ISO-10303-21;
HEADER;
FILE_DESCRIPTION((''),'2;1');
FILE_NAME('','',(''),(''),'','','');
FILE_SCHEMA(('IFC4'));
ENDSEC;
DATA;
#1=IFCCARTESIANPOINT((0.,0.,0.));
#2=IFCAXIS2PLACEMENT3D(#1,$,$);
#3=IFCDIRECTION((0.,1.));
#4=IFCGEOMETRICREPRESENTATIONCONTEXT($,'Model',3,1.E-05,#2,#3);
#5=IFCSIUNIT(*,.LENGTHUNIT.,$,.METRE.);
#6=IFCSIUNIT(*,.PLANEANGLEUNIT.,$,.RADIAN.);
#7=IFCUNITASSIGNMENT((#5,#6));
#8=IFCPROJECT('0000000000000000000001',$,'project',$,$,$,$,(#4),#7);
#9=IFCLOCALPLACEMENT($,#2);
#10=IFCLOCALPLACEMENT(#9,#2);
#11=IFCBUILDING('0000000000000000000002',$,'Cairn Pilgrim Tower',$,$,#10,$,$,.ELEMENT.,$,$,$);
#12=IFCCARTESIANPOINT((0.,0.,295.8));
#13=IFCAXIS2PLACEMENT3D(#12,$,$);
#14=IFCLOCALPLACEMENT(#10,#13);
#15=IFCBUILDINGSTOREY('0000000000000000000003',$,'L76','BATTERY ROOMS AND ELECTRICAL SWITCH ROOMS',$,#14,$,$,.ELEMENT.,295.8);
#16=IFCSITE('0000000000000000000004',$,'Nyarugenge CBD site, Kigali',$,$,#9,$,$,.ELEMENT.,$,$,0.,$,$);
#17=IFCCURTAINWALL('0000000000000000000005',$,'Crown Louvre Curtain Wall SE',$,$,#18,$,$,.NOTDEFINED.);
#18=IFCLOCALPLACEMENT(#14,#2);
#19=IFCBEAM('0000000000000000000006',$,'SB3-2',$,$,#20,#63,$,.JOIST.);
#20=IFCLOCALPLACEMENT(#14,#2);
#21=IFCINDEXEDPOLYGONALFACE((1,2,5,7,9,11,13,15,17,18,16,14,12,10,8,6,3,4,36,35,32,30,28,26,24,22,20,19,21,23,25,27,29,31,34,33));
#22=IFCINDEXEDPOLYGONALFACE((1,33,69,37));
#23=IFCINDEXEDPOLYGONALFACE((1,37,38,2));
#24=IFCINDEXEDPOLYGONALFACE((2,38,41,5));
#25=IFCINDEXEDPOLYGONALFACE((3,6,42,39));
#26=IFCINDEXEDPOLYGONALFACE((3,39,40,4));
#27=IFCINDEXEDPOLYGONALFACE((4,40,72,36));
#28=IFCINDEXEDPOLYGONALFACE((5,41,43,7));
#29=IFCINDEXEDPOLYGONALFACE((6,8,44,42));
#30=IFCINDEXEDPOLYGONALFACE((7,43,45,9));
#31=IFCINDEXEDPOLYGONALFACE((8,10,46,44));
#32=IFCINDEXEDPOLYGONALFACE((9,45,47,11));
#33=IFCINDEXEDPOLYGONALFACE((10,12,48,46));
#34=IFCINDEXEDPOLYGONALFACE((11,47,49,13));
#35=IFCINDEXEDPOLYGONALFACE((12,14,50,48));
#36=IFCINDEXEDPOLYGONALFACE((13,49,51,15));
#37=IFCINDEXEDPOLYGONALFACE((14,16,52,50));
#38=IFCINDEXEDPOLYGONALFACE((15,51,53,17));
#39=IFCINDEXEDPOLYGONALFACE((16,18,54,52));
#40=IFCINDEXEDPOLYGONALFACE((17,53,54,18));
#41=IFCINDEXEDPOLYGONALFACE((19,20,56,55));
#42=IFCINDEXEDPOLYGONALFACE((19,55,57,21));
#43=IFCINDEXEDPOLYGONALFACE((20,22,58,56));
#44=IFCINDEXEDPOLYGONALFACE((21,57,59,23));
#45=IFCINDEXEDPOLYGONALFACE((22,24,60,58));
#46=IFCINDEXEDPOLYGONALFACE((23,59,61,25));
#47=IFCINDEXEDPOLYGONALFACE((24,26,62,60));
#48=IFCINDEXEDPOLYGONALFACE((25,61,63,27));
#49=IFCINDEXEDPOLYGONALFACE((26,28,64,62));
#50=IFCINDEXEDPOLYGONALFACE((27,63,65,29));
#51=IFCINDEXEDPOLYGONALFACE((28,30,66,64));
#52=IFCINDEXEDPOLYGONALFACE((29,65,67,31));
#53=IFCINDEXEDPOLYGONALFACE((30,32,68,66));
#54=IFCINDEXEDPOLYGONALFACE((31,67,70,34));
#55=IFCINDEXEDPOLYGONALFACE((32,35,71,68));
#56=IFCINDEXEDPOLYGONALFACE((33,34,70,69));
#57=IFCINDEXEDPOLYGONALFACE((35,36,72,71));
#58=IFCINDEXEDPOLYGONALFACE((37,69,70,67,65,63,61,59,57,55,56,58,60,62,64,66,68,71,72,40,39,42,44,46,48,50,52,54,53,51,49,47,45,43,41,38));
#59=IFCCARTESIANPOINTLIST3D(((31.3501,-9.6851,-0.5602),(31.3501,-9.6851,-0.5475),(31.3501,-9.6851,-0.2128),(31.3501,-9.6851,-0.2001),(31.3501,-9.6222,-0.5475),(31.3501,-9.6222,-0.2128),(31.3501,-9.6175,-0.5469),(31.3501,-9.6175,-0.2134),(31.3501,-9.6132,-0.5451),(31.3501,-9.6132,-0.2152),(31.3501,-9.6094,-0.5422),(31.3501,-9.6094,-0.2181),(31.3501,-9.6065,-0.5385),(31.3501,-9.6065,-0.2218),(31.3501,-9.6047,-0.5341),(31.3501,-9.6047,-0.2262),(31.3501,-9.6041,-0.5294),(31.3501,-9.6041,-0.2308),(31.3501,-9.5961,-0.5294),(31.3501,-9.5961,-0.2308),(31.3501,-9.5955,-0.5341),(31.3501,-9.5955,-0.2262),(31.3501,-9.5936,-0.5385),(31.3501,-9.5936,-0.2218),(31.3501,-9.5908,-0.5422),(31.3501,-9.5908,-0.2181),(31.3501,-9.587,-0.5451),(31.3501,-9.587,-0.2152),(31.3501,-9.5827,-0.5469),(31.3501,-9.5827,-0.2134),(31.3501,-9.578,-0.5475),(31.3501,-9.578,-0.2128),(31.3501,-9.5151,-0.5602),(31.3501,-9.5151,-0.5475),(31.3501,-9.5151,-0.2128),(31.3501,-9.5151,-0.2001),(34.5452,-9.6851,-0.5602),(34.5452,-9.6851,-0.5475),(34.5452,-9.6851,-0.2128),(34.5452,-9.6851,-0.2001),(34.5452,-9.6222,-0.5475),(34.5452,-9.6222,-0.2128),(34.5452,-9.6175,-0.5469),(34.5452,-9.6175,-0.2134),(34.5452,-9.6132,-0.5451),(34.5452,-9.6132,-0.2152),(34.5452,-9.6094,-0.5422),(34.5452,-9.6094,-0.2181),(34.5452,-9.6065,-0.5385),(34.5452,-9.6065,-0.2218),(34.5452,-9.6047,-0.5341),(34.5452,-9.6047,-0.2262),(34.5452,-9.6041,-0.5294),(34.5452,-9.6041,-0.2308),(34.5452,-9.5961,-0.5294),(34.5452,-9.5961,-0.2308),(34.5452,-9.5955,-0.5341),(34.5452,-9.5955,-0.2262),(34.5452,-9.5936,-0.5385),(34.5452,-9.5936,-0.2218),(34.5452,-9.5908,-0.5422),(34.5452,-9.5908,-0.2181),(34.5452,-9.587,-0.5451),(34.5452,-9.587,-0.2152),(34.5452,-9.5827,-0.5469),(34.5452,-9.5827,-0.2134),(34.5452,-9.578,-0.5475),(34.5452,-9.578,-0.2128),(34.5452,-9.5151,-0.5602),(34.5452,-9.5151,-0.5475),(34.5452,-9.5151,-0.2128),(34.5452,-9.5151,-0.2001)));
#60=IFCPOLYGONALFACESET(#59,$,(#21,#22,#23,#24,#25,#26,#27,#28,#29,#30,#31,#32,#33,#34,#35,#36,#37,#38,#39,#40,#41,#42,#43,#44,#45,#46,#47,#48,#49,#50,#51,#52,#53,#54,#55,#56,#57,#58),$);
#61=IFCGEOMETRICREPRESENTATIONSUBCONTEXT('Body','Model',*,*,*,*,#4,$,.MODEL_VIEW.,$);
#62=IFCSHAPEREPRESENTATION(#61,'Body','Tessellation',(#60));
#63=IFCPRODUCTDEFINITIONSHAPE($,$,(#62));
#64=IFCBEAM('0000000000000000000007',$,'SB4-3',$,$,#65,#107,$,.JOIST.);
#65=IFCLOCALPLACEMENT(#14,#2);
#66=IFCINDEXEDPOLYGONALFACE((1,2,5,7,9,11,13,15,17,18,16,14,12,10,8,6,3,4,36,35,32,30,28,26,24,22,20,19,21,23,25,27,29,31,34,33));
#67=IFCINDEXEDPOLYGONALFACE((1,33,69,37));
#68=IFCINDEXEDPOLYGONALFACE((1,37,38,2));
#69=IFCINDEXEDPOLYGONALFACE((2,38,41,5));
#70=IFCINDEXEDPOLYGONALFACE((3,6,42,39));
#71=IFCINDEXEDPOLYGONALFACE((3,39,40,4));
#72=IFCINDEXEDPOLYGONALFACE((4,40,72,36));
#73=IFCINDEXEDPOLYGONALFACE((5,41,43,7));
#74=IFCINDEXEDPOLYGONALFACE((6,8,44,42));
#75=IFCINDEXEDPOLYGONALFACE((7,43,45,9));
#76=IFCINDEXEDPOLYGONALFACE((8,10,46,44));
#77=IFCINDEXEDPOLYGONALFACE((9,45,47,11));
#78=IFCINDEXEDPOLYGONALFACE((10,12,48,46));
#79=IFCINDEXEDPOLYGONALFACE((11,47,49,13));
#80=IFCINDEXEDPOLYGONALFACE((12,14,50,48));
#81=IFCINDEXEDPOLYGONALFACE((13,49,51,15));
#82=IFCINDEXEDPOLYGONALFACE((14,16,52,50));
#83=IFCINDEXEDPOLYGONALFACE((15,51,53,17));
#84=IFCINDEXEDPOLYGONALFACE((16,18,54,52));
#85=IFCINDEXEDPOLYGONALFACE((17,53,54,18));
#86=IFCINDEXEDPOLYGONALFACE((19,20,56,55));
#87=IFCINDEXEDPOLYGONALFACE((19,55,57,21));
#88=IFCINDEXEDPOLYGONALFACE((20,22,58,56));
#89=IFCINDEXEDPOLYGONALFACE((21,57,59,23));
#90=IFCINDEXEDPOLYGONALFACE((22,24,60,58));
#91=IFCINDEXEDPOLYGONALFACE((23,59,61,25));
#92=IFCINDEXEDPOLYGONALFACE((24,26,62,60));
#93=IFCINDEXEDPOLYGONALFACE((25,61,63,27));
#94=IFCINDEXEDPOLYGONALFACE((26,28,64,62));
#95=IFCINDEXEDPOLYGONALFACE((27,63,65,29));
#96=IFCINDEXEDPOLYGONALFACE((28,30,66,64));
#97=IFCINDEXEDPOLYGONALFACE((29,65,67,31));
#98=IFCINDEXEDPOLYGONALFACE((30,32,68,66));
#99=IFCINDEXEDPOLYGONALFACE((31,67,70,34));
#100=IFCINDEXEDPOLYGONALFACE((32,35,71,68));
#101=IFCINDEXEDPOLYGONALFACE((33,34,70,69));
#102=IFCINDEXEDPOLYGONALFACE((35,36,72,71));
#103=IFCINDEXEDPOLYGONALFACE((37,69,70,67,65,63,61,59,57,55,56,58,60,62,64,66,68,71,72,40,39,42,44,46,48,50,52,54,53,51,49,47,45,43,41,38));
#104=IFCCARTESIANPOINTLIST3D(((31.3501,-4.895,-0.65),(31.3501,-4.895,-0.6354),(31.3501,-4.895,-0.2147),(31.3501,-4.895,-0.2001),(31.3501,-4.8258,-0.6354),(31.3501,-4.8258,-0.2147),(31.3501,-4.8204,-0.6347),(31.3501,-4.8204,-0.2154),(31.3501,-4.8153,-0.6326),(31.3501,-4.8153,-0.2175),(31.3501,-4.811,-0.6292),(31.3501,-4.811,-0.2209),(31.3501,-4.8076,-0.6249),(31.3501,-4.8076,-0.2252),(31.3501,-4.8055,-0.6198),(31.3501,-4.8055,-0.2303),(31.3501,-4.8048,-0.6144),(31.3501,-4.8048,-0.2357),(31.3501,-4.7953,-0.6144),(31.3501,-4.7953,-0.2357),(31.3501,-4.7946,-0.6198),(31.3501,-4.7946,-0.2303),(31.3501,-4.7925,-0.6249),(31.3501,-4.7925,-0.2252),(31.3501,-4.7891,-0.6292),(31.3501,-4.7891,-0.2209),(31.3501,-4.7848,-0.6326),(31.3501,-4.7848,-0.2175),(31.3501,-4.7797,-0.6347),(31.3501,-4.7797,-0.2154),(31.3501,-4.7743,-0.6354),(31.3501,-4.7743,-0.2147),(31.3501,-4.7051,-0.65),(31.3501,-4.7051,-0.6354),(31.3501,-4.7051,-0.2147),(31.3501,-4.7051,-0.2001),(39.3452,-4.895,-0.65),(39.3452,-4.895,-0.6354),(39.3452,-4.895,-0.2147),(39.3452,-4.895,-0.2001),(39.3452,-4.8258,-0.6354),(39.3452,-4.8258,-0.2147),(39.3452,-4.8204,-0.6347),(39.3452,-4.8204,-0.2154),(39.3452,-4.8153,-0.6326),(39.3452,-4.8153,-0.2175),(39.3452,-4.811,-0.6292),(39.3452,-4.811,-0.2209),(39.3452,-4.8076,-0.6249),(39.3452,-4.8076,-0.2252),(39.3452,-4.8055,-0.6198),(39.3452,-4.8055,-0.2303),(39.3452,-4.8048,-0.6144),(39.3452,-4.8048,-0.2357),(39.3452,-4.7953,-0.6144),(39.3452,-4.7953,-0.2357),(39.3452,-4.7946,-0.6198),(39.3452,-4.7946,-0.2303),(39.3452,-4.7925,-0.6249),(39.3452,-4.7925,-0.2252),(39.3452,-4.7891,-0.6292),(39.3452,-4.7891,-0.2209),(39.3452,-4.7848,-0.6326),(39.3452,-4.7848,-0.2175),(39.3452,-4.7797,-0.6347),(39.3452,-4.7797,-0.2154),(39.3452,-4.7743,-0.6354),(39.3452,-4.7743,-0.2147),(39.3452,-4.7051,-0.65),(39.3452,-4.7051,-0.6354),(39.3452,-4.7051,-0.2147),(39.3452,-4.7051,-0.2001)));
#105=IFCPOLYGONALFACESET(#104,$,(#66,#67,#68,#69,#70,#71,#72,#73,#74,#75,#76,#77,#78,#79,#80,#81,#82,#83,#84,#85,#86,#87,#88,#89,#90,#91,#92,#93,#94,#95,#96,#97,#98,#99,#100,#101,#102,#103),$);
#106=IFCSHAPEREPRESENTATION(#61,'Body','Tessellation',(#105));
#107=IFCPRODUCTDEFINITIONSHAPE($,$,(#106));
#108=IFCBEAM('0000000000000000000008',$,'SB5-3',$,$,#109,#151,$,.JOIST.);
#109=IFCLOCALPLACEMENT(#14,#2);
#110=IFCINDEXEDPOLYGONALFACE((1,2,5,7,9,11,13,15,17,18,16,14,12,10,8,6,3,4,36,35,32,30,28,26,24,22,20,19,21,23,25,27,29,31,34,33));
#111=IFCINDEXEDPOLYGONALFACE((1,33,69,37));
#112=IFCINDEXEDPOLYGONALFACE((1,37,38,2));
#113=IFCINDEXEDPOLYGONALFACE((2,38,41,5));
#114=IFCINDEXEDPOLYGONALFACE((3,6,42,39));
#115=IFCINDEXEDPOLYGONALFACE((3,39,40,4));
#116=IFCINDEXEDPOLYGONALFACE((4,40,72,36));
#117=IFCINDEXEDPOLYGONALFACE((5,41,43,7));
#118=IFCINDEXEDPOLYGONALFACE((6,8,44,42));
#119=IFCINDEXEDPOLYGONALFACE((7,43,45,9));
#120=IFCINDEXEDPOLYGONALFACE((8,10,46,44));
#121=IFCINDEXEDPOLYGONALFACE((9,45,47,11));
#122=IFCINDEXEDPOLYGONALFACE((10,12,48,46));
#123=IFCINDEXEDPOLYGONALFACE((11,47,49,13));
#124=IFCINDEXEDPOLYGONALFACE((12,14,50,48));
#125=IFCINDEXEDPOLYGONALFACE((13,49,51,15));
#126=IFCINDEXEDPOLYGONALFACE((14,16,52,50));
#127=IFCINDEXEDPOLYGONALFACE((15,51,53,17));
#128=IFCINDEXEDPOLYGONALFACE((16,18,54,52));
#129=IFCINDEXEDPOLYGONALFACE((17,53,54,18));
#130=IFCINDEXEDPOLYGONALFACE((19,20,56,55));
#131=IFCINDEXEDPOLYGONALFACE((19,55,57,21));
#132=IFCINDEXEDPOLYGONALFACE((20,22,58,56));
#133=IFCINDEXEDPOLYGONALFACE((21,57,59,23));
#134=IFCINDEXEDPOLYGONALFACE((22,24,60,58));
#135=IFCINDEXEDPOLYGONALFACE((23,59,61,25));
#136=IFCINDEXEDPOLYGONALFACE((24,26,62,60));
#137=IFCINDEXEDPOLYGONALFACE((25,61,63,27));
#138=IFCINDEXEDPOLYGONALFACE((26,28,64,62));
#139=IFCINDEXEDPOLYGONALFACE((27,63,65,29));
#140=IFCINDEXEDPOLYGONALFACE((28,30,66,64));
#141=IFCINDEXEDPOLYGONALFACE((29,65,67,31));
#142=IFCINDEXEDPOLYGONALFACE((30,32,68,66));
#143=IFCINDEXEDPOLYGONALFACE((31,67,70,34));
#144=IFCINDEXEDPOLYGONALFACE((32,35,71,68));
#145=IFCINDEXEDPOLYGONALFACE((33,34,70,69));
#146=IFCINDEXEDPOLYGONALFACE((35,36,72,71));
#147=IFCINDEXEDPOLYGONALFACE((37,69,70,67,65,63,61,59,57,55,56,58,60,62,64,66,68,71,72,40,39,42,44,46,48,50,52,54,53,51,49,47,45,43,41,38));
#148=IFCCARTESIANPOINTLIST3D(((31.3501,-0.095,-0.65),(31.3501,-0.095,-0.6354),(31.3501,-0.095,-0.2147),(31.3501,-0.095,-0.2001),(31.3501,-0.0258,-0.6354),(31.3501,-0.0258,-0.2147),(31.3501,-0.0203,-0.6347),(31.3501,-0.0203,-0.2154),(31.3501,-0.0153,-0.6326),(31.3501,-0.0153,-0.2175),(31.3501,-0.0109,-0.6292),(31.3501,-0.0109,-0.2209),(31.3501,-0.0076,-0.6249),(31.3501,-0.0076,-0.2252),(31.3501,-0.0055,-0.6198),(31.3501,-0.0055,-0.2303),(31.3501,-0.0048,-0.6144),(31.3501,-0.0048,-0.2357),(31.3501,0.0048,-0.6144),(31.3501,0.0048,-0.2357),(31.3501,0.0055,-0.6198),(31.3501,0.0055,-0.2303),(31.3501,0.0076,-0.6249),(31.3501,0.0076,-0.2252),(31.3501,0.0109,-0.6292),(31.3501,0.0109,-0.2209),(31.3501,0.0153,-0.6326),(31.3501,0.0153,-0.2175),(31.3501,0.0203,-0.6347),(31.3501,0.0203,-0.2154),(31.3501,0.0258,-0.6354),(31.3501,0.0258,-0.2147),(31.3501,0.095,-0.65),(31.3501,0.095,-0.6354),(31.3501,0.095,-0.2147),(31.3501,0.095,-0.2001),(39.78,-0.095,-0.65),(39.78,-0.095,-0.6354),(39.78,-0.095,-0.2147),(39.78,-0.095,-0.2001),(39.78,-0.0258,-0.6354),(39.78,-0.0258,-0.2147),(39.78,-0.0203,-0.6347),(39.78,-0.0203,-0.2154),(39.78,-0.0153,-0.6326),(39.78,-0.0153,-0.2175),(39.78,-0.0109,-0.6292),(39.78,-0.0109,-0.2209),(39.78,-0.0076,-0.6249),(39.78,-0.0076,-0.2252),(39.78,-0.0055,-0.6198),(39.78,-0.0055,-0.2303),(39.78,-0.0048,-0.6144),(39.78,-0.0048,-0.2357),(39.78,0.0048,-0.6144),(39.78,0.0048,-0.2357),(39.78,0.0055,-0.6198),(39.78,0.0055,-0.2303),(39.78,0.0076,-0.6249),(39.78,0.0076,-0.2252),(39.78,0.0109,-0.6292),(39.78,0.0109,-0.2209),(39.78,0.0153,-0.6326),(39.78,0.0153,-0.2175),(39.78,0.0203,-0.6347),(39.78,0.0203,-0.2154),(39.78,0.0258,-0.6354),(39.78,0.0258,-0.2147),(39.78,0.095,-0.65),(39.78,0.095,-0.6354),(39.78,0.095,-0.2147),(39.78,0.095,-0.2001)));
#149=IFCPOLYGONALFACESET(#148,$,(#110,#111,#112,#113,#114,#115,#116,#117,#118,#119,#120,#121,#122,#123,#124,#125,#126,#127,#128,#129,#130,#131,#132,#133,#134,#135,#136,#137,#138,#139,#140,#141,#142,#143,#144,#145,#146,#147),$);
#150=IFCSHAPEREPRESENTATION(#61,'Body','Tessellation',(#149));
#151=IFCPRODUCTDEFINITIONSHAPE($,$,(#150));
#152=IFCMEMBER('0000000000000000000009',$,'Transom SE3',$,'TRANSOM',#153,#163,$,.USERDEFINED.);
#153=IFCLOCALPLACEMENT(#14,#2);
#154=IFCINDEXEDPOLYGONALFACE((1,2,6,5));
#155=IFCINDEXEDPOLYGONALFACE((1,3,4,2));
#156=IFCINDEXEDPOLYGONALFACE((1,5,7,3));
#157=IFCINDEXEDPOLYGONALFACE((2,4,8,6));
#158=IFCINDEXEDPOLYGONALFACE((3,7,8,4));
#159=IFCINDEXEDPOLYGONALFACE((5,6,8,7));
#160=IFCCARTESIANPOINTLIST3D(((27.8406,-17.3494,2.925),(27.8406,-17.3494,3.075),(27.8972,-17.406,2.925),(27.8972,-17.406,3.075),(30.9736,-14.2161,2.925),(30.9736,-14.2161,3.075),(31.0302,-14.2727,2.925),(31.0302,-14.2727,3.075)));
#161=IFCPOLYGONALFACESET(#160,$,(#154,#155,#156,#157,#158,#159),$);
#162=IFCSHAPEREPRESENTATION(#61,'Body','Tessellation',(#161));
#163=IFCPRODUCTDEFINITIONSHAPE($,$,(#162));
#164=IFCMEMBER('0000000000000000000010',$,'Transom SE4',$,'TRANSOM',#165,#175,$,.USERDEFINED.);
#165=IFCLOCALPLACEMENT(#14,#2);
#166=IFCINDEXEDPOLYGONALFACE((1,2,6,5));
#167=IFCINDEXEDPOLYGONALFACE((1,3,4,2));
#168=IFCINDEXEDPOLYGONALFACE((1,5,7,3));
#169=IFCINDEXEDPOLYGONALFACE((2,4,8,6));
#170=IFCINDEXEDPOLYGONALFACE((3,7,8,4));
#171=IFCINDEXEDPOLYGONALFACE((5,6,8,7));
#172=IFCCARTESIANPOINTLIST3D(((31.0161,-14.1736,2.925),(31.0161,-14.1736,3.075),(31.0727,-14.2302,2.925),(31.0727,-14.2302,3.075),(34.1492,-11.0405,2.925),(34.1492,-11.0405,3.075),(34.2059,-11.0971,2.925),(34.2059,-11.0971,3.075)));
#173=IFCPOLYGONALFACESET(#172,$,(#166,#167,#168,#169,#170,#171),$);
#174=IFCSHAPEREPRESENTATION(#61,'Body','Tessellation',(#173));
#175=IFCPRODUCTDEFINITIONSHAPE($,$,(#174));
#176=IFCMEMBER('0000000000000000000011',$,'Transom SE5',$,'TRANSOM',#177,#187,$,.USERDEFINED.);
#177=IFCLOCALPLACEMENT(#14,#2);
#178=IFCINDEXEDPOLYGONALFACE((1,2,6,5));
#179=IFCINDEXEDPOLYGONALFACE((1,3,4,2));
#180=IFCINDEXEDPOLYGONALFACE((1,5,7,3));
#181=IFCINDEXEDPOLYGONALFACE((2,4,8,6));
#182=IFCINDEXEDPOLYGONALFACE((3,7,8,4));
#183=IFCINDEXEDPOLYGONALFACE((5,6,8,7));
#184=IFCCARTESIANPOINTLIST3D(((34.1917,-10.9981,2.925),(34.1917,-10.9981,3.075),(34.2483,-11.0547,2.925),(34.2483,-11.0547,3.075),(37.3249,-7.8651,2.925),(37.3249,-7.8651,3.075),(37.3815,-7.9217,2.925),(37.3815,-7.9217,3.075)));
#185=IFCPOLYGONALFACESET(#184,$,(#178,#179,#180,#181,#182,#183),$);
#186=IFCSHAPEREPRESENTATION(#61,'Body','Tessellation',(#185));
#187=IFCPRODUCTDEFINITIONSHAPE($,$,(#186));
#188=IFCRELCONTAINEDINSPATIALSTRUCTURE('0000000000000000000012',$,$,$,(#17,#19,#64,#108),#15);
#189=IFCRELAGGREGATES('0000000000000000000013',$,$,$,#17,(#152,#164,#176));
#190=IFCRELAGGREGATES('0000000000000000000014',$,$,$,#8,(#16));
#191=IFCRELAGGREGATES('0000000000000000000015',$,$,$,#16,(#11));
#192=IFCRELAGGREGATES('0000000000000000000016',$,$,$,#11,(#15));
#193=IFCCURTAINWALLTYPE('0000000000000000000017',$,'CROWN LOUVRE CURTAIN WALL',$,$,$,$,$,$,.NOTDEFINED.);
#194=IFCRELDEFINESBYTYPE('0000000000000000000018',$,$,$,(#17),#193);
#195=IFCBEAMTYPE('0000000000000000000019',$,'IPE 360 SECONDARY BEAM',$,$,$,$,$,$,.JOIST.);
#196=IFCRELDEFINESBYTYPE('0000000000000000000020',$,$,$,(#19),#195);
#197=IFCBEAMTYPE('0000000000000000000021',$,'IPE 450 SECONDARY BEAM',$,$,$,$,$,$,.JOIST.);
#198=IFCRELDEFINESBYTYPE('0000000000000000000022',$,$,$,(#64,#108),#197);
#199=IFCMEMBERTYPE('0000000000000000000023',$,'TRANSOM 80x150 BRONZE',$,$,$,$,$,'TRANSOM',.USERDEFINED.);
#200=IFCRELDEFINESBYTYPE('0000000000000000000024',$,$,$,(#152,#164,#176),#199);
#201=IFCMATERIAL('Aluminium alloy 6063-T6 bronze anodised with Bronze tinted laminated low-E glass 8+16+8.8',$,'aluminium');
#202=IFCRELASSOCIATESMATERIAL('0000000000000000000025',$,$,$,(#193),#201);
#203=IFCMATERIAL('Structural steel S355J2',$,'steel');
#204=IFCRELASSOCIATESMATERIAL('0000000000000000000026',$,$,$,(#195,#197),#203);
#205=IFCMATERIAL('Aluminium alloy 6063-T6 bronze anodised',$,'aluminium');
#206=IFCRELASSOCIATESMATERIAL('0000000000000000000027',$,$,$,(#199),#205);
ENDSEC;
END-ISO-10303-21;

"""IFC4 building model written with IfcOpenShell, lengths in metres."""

from ifc_helpers import new_model, si_unit, direction, frame, origin, origin_2d, place, context, subcontext, project, spatial, rectangle, i_section, extrude, material, material_profile, profile_set, type_object, element, aggregate, save


model = new_model("IFC4")

# Units and contexts
model_context = context("Model", 3, precision=1e-05, world=origin(), true_north=direction((0.0, 1.0)))
body_context = subcontext(model_context, "Body", "Model", "MODEL_VIEW")
ifc_project = project(units=[si_unit("LENGTHUNIT", "METRE"), si_unit("PLANEANGLEUNIT", "RADIAN")], contexts=[model_context])

# Site, building, storey
site_placement = place(None, origin())
site = spatial("IfcSite", under=ifc_project, at=site_placement, Name="Nyarugenge CBD site, Kigali", CompositionType="ELEMENT", RefElevation=0.0)
building_placement = place(site_placement, origin())
building = spatial("IfcBuilding", under=site, at=building_placement, Name="Cairn Pilgrim Tower", CompositionType="ELEMENT")
storey_placement = place(building_placement, frame((0.0, 0.0, 295.8)))
storey = spatial("IfcBuildingStorey", under=building, at=storey_placement, Name="L76", Description="BATTERY ROOMS AND ELECTRICAL SWITCH ROOMS", CompositionType="ELEMENT", Elevation=295.8)

# Shared definitions
ifc_material_1 = material(Name="Structural steel S355J2", Category="steel")

# Curtain wall
ifc_material_2 = material(Name="Aluminium alloy 6063-T6 bronze anodised with Bronze tinted laminated low-E glass 8+16+8.8", Category="aluminium")
curtain_wall_type = type_object("IfcCurtainWallType", Name="CROWN LOUVRE CURTAIN WALL", PredefinedType="NOTDEFINED", material=ifc_material_2)
curtain_wall_1_placement = place(storey_placement, origin())
curtain_wall_1 = element("IfcCurtainWall", 1, at=curtain_wall_1_placement, inside=storey, type_object=curtain_wall_type, Name="Crown Louvre Curtain Wall SE", PredefinedType="NOTDEFINED")
ifc_material_3 = material(Name="Aluminium alloy 6063-T6 bronze anodised", Category="aluminium")

# Beams
ifc_material_profile_1 = material_profile(ifc_material_1, i_section(OverallWidth=0.1699, OverallDepth=0.3601, WebThickness=0.0081, FlangeThickness=0.0127, FilletRadius=0.0181, at=origin_2d()), Name="IPE 360")
ifc_profile_set_1 = profile_set([ifc_material_profile_1], Name="Structural steel S355J2")
beam_type_1 = type_object("IfcBeamType", Name="IPE 360 SECONDARY BEAM", PredefinedType="JOIST", material=ifc_profile_set_1)
beam_1_placement = place(storey_placement, frame((31.3501, -9.6001, -0.3801), z_axis=(1.0, 0.0, 0.0), x_axis=(0.0, 1.0, 0.0)))
element("IfcBeam", 2, at=beam_1_placement, inside=storey, type_object=beam_type_1, Name="SB3-2", PredefinedType="JOIST", context=body_context, shape_type="SweptSolid", body=[
    extrude(i_section(OverallWidth=0.1699, OverallDepth=0.3601, WebThickness=0.0081, FlangeThickness=0.0127, FilletRadius=0.0181, at=origin_2d()), origin(), (0.0, 0.0, 1.0), 3.1951),
])
ifc_material_profile_2 = material_profile(ifc_material_1, i_section(OverallWidth=0.1899, OverallDepth=0.45, WebThickness=0.0095, FlangeThickness=0.0146, FilletRadius=0.021, at=origin_2d()), Name="IPE 450")
ifc_profile_set_2 = profile_set([ifc_material_profile_2], Name="Structural steel S355J2")
beam_type_2 = type_object("IfcBeamType", Name="IPE 450 SECONDARY BEAM", PredefinedType="JOIST", material=ifc_profile_set_2)
beam_2_placement = place(storey_placement, frame((31.3501, -4.8, -0.425), z_axis=(1.0, 0.0, 0.0), x_axis=(0.0, 1.0, 0.0)))
element("IfcBeam", 3, at=beam_2_placement, inside=storey, type_object=beam_type_2, Name="SB4-3", PredefinedType="JOIST", context=body_context, shape_type="SweptSolid", body=[
    extrude(i_section(OverallWidth=0.1899, OverallDepth=0.45, WebThickness=0.0095, FlangeThickness=0.0146, FilletRadius=0.021, at=origin_2d()), origin(), (0.0, 0.0, 1.0), 7.9951),
])
beam_3_placement = place(storey_placement, frame((31.3501, 0.0, -0.425), z_axis=(1.0, 0.0, 0.0), x_axis=(0.0, 1.0, 0.0)))
element("IfcBeam", 4, at=beam_3_placement, inside=storey, type_object=beam_type_2, Name="SB5-3", PredefinedType="JOIST", context=body_context, shape_type="SweptSolid", body=[
    extrude(i_section(OverallWidth=0.1899, OverallDepth=0.45, WebThickness=0.0095, FlangeThickness=0.0146, FilletRadius=0.021, at=origin_2d()), origin(), (0.0, 0.0, 1.0), 8.4299),
])

# Members
ifc_material_profile_3 = material_profile(ifc_material_3, rectangle(XDim=0.0801, YDim=0.1499, at=origin_2d()), Name="TRANSOM 80x150 BRONZE")
ifc_profile_set_3 = profile_set([ifc_material_profile_3], Name="Aluminium alloy 6063-T6 bronze anodised")
member_type_1 = type_object("IfcMemberType", Name="TRANSOM 80x150 BRONZE", ElementType="TRANSOM", PredefinedType="USERDEFINED", material=ifc_profile_set_3)
member_1_placement = place(storey_placement, frame((27.8689, -17.3777, 3.0), z_axis=(0.707079, 0.707134, 0.0), x_axis=(-0.707134, 0.707079, 0.0)))
member_1 = element("IfcMember", 5, at=member_1_placement, type_object=member_type_1, Name="Transom SE3", ObjectType="TRANSOM", PredefinedType="USERDEFINED", context=body_context, shape_type="SweptSolid", body=[
    extrude(rectangle(XDim=0.0801, YDim=0.1499, at=origin_2d()), origin(), (0.0, 0.0, 1.0), 4.4309),
])
member_2_placement = place(storey_placement, frame((31.0444, -14.2019, 3.0), z_axis=(0.707107, 0.707107, 0.0), x_axis=(-0.707107, 0.707107, 0.0)))
member_2 = element("IfcMember", 6, at=member_2_placement, type_object=member_type_1, Name="Transom SE4", ObjectType="TRANSOM", PredefinedType="USERDEFINED", context=body_context, shape_type="SweptSolid", body=[
    extrude(rectangle(XDim=0.0801, YDim=0.1499, at=origin_2d()), origin(), (0.0, 0.0, 1.0), 4.4309),
])
member_3_placement = place(storey_placement, frame((34.22, -11.0264, 3.0), z_axis=(0.707134, 0.707079, 0.0), x_axis=(-0.707079, 0.707134, 0.0)))
member_3 = element("IfcMember", 7, at=member_3_placement, type_object=member_type_1, Name="Transom SE5", ObjectType="TRANSOM", PredefinedType="USERDEFINED", context=body_context, shape_type="SweptSolid", body=[
    extrude(rectangle(XDim=0.0801, YDim=0.1499, at=origin_2d()), origin(), (0.0, 0.0, 1.0), 4.4309),
])

aggregate(curtain_wall_1, [member_1, member_2, member_3])

save(model, "model.ifc")
